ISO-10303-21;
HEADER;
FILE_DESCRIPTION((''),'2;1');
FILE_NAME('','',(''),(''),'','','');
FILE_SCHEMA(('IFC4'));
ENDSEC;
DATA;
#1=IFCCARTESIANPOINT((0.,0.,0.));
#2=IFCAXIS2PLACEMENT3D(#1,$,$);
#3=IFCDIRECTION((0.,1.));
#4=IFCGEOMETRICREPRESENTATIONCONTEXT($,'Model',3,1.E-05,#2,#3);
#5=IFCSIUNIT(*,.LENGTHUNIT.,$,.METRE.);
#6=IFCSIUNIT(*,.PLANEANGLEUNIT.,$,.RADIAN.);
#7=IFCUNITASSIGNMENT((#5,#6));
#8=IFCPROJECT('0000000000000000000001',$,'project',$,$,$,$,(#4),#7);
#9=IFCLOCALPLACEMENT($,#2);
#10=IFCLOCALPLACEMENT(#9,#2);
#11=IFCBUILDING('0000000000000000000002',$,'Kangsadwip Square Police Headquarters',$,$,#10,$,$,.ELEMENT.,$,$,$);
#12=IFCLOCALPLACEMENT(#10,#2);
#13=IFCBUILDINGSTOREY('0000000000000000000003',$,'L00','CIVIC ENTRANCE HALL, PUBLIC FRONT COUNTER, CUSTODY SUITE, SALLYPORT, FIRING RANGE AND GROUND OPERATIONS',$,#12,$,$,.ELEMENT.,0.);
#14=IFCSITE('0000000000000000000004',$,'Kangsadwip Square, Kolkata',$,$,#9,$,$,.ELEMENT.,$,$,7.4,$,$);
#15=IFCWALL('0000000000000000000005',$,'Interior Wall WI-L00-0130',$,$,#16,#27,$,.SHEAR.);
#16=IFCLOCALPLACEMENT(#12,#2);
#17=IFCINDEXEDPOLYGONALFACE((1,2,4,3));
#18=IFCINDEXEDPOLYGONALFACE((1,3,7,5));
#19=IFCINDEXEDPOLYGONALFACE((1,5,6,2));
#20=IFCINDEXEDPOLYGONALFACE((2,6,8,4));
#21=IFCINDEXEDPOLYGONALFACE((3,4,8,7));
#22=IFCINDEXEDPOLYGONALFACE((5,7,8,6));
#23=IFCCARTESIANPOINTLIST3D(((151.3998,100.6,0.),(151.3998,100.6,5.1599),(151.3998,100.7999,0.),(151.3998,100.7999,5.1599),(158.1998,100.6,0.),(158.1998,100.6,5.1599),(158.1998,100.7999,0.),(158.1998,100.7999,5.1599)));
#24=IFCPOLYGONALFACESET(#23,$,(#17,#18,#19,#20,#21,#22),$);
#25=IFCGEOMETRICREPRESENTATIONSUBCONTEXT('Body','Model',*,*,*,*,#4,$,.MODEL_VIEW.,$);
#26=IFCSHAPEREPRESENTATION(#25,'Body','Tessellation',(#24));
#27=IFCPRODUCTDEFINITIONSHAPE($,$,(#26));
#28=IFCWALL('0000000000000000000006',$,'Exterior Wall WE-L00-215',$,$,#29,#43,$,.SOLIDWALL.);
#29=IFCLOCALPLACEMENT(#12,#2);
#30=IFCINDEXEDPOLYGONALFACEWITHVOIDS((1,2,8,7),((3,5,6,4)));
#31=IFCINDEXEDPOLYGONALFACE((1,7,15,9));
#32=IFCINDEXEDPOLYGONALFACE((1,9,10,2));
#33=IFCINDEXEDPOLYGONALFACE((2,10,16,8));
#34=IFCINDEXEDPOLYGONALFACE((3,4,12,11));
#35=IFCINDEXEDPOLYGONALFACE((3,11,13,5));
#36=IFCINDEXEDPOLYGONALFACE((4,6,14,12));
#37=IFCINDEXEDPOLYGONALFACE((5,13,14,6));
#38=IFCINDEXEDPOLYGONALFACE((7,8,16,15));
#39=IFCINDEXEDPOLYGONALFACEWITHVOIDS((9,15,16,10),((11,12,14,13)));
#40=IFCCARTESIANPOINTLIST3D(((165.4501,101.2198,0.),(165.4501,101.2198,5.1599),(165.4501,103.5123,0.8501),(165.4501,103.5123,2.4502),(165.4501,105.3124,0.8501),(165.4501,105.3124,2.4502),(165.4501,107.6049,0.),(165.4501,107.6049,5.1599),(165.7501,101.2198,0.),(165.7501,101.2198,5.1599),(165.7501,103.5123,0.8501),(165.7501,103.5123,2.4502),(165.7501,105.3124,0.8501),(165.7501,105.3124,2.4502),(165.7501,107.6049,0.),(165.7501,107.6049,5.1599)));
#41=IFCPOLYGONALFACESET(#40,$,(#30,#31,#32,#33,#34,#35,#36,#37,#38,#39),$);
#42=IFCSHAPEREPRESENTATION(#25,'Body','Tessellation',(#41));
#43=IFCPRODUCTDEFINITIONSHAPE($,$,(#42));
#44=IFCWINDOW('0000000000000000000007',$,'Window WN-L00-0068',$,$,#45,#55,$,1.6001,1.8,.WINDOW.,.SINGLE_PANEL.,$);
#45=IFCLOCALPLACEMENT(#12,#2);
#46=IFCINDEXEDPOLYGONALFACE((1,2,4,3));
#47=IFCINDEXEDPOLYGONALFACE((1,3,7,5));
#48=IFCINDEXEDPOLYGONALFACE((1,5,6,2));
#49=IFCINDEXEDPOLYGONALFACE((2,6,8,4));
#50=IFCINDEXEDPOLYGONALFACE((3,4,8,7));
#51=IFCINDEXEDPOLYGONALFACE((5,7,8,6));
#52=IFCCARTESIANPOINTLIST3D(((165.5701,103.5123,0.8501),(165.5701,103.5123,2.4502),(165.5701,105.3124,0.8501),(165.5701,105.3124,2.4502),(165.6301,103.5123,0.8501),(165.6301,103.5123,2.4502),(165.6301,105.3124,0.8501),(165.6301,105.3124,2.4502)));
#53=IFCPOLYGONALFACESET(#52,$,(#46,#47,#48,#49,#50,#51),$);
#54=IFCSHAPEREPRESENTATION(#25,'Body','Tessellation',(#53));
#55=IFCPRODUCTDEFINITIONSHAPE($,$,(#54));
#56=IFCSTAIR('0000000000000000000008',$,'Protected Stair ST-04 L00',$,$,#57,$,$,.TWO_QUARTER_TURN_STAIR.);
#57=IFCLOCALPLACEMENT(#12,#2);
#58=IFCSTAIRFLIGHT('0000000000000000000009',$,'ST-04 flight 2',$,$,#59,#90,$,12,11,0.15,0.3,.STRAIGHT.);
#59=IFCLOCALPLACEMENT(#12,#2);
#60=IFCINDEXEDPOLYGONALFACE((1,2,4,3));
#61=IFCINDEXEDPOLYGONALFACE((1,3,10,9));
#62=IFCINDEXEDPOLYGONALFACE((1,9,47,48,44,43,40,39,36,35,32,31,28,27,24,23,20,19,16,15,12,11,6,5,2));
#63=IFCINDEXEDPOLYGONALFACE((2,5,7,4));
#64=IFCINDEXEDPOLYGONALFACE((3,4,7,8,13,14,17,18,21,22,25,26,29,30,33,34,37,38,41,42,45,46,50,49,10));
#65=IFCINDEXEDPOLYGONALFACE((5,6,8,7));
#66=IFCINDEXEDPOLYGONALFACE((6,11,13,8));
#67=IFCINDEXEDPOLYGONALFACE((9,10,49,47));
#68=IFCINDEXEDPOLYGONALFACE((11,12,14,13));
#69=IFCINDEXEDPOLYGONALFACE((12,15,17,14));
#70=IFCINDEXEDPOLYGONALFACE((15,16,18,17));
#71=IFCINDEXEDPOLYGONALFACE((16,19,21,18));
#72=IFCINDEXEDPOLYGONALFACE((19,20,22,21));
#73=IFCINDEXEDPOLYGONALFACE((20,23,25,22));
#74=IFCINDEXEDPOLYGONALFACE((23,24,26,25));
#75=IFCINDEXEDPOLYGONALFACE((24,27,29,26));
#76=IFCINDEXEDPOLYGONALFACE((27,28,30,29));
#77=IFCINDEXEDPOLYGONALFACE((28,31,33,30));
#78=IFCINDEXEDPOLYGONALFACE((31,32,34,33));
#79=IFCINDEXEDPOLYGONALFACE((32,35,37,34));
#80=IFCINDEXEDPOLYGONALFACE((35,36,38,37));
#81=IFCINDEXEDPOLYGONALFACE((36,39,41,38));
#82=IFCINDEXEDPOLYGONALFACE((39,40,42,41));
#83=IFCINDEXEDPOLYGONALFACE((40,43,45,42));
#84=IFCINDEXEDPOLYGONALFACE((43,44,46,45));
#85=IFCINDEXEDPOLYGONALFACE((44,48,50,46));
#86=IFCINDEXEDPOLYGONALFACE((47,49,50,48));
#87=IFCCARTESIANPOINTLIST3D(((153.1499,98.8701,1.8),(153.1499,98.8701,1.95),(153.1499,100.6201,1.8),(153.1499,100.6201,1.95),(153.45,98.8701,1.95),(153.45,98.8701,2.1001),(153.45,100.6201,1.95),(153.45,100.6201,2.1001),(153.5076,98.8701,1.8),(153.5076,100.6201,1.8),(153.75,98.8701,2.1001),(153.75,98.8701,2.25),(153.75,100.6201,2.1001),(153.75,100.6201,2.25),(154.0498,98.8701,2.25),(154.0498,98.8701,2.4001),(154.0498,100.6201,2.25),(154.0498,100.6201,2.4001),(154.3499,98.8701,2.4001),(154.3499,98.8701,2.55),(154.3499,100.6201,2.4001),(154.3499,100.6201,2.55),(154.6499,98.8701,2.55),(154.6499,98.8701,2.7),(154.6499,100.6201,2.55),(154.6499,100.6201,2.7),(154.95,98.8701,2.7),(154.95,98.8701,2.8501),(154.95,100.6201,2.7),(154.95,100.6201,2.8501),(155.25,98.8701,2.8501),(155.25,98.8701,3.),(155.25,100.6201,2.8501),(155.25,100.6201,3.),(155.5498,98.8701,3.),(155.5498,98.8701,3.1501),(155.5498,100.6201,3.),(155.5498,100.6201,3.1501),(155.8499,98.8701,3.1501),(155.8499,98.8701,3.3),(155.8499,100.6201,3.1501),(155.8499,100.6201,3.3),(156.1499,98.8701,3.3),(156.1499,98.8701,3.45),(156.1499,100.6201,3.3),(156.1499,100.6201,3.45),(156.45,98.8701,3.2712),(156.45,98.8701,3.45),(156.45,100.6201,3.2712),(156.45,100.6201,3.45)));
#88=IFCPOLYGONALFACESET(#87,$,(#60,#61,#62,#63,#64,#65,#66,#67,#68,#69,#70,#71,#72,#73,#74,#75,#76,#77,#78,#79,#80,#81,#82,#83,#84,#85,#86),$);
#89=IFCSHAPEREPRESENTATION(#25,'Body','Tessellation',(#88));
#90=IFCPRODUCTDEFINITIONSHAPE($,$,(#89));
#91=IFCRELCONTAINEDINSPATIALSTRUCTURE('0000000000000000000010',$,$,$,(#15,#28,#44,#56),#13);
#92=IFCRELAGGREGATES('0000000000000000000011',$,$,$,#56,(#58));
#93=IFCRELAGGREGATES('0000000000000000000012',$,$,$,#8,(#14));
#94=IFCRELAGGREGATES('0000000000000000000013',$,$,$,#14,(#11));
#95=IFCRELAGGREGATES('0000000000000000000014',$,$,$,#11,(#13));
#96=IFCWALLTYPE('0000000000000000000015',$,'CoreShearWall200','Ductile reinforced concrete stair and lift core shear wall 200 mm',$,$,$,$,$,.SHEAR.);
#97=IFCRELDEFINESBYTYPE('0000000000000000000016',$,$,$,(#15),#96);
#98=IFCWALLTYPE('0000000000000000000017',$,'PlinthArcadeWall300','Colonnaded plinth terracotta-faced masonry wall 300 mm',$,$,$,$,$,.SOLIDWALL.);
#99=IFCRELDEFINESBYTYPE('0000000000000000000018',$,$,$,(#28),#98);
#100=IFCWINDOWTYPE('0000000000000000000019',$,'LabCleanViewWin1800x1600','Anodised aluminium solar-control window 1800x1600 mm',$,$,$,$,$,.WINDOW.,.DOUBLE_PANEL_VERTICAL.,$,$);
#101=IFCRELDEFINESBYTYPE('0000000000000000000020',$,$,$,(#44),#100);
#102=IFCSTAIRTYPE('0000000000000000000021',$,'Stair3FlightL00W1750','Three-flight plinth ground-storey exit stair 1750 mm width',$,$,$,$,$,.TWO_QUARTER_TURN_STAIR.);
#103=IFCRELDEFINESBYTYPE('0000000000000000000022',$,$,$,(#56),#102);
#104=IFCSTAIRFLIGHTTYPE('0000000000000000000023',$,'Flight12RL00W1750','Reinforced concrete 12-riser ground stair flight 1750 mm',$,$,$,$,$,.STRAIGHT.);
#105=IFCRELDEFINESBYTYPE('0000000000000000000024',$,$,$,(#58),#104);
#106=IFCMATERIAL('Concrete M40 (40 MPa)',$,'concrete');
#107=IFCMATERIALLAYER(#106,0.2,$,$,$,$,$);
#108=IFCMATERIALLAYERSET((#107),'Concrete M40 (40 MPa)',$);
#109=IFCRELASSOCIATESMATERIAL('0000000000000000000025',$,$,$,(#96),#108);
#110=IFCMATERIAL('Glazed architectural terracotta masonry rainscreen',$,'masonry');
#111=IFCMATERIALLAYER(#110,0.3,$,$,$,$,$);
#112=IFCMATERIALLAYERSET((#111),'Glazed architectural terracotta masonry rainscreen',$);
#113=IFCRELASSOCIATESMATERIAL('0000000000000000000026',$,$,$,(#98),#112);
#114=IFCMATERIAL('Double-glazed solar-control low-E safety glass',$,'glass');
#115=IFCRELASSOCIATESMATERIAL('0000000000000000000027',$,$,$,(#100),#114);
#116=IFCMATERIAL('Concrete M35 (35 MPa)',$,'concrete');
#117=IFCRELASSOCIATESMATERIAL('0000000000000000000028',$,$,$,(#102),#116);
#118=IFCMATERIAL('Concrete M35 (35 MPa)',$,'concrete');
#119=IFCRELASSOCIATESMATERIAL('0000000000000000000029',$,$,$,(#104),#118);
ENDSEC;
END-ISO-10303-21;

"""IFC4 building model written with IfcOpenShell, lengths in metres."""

from ifc_helpers import new_model, si_unit, direction, frame, frame_2d, origin, place, context, subcontext, project, spatial, polyline, rectangle, outline, extrude, material, layer, layer_set, type_object, element, fill, aggregate, save


model = new_model("IFC4")

# Units and contexts
model_context = context("Model", 3, precision=1e-05, world=origin(), true_north=direction((0.0, 1.0)))
body_context = subcontext(model_context, "Body", "Model", "MODEL_VIEW")
ifc_project = project(units=[si_unit("LENGTHUNIT", "METRE"), si_unit("PLANEANGLEUNIT", "RADIAN")], contexts=[model_context])

# Site, building, storey
site_placement = place(None, origin())
site = spatial("IfcSite", under=ifc_project, at=site_placement, Name="Kangsadwip Square, Kolkata", CompositionType="ELEMENT", RefElevation=7.4)
building_placement = place(site_placement, origin())
building = spatial("IfcBuilding", under=site, at=building_placement, Name="Kangsadwip Square Police Headquarters", CompositionType="ELEMENT")
storey_placement = place(building_placement, origin())
storey = spatial("IfcBuildingStorey", under=building, at=storey_placement, Name="L00", Description="CIVIC ENTRANCE HALL, PUBLIC FRONT COUNTER, CUSTODY SUITE, SALLYPORT, FIRING RANGE AND GROUND OPERATIONS", CompositionType="ELEMENT", Elevation=0.0)

# Wall
ifc_material_1 = material(Name="Concrete M40 (40 MPa)", Category="concrete")
ifc_layer_1 = layer(ifc_material_1, 0.2)
ifc_layer_set_1 = layer_set([ifc_layer_1], Name="Concrete M40 (40 MPa)")
wall_type_1 = type_object("IfcWallType", Name="CoreShearWall200", Description="Ductile reinforced concrete stair and lift core shear wall 200 mm", PredefinedType="SHEAR", material=ifc_layer_set_1)
wall_1_placement = place(storey_placement, frame((151.3999, 100.7, 0.0), z_axis=(0.0, 0.0, 1.0), x_axis=(1.0, 0.0, 0.0)))
element("IfcWall", 1, at=wall_1_placement, inside=storey, type_object=wall_type_1, Name="Interior Wall WI-L00-0130", PredefinedType="SHEAR", context=body_context, shape_type="SweptSolid", body=[
    extrude(rectangle(XDim=6.8, YDim=0.2, at=frame_2d((3.3999, 0.0))), origin(), (0.0, 0.0, 1.0), 5.1599),
])

# Wall, opening, window
ifc_material_2 = material(Name="Glazed architectural terracotta masonry rainscreen", Category="masonry")
ifc_layer_2 = layer(ifc_material_2, 0.3)
ifc_layer_set_2 = layer_set([ifc_layer_2], Name="Glazed architectural terracotta masonry rainscreen")
wall_type_2 = type_object("IfcWallType", Name="PlinthArcadeWall300", Description="Colonnaded plinth terracotta-faced masonry wall 300 mm", PredefinedType="SOLIDWALL", material=ifc_layer_set_2)
wall_2_placement = place(storey_placement, frame((165.6001, 101.22, 0.0), z_axis=(0.0, 0.0, 1.0), x_axis=(0.0, 1.0, 0.0)))
wall_2 = element("IfcWall", 2, at=wall_2_placement, inside=storey, type_object=wall_type_2, Name="Exterior Wall WE-L00-215", PredefinedType="SOLIDWALL", context=body_context, shape_type="SweptSolid", body=[
    extrude(rectangle(XDim=6.385, YDim=0.3, at=frame_2d((3.1924, 0.0))), origin(), (0.0, 0.0, 1.0), 5.1599),
])
opening_placement = place(wall_2_placement, frame((2.2925, 0.0, 0.8501)))
opening = element("IfcOpeningElement", 3, at=opening_placement, cuts=wall_2, PredefinedType="OPENING", context=body_context, shape_type="SweptSolid", body=[
    extrude(rectangle(XDim=1.8, YDim=1.6001, at=frame_2d((0.8999, 0.8))), frame((0.0, 0.1599, 0.0), z_axis=(0.0, -1.0, 0.0), x_axis=(1.0, 0.0, 0.0)), (0.0, 0.0, 1.0), 0.3201),
])
ifc_material_3 = material(Name="Double-glazed solar-control low-E safety glass", Category="glass")
window_type = type_object("IfcWindowType", Name="LabCleanViewWin1800x1600", Description="Anodised aluminium solar-control window 1800x1600 mm", PartitioningType="DOUBLE_PANEL_VERTICAL", PredefinedType="WINDOW", material=ifc_material_3)
window_placement = place(opening_placement, origin())
window = element("IfcWindow", 4, at=window_placement, inside=storey, type_object=window_type, Name="Window WN-L00-0068", OverallHeight=1.6001, OverallWidth=1.8, PartitioningType="SINGLE_PANEL", PredefinedType="WINDOW", context=body_context, shape_type="SweptSolid", body=[
    extrude(rectangle(XDim=1.8, YDim=1.6001, at=frame_2d((0.8999, 0.8))), frame((0.0, 0.03, 0.0), z_axis=(0.0, -1.0, 0.0), x_axis=(1.0, 0.0, 0.0)), (0.0, 0.0, 1.0), 0.0601),
])
fill(opening, window)

# Stair, stair flight
ifc_material_4 = material(Name="Concrete M35 (35 MPa)", Category="concrete")
stair_type = type_object("IfcStairType", Name="Stair3FlightL00W1750", Description="Three-flight plinth ground-storey exit stair 1750 mm width", PredefinedType="TWO_QUARTER_TURN_STAIR", material=ifc_material_4)
stair_placement = place(storey_placement, origin())
stair = element("IfcStair", 5, at=stair_placement, inside=storey, type_object=stair_type, Name="Protected Stair ST-04 L00", PredefinedType="TWO_QUARTER_TURN_STAIR")
ifc_material_5 = material(Name="Concrete M35 (35 MPa)", Category="concrete")
stair_flight_type = type_object("IfcStairFlightType", Name="Flight12RL00W1750", Description="Reinforced concrete 12-riser ground stair flight 1750 mm", PredefinedType="STRAIGHT", material=ifc_material_5)
stair_flight_placement = place(storey_placement, frame((153.1499, 99.7451, 1.8), z_axis=(0.0, 0.0, 1.0), x_axis=(1.0, 0.0, 0.0)))
stair_flight = element("IfcStairFlight", 6, at=stair_flight_placement, type_object=stair_flight_type, Name="ST-04 flight 2", NumberOfRisers=12, NumberOfTreads=11, PredefinedType="STRAIGHT", RiserHeight=0.15, TreadLength=0.3, context=body_context, shape_type="SweptSolid", body=[
    extrude(outline(polyline([(0.0, 0.0), (0.0, 0.1499), (0.3, 0.1499), (0.3, 0.3), (0.6001, 0.3), (0.6001, 0.45), (0.8999, 0.45), (0.8999, 0.6001), (1.2, 0.6001), (1.2, 0.75), (1.5, 0.75), (1.5, 0.8999), (1.8, 0.8999), (1.8, 1.05), (2.1001, 1.05), (2.1001, 1.2), (2.3999, 1.2), (2.3999, 1.3501), (2.7, 1.3501), (2.7, 1.5), (3.0, 1.5), (3.0, 1.6499), (3.3, 1.6499), (3.3, 1.8), (3.3, 1.4712), (0.3577, 0.0), (0.0, 0.0)])), frame((0.0, 0.875, 0.0), z_axis=(0.0, -1.0, 0.0), x_axis=(1.0, 0.0, 0.0)), (0.0, 0.0, 1.0), 1.75),
])
aggregate(stair, [stair_flight])

save(model, "model.ifc")
